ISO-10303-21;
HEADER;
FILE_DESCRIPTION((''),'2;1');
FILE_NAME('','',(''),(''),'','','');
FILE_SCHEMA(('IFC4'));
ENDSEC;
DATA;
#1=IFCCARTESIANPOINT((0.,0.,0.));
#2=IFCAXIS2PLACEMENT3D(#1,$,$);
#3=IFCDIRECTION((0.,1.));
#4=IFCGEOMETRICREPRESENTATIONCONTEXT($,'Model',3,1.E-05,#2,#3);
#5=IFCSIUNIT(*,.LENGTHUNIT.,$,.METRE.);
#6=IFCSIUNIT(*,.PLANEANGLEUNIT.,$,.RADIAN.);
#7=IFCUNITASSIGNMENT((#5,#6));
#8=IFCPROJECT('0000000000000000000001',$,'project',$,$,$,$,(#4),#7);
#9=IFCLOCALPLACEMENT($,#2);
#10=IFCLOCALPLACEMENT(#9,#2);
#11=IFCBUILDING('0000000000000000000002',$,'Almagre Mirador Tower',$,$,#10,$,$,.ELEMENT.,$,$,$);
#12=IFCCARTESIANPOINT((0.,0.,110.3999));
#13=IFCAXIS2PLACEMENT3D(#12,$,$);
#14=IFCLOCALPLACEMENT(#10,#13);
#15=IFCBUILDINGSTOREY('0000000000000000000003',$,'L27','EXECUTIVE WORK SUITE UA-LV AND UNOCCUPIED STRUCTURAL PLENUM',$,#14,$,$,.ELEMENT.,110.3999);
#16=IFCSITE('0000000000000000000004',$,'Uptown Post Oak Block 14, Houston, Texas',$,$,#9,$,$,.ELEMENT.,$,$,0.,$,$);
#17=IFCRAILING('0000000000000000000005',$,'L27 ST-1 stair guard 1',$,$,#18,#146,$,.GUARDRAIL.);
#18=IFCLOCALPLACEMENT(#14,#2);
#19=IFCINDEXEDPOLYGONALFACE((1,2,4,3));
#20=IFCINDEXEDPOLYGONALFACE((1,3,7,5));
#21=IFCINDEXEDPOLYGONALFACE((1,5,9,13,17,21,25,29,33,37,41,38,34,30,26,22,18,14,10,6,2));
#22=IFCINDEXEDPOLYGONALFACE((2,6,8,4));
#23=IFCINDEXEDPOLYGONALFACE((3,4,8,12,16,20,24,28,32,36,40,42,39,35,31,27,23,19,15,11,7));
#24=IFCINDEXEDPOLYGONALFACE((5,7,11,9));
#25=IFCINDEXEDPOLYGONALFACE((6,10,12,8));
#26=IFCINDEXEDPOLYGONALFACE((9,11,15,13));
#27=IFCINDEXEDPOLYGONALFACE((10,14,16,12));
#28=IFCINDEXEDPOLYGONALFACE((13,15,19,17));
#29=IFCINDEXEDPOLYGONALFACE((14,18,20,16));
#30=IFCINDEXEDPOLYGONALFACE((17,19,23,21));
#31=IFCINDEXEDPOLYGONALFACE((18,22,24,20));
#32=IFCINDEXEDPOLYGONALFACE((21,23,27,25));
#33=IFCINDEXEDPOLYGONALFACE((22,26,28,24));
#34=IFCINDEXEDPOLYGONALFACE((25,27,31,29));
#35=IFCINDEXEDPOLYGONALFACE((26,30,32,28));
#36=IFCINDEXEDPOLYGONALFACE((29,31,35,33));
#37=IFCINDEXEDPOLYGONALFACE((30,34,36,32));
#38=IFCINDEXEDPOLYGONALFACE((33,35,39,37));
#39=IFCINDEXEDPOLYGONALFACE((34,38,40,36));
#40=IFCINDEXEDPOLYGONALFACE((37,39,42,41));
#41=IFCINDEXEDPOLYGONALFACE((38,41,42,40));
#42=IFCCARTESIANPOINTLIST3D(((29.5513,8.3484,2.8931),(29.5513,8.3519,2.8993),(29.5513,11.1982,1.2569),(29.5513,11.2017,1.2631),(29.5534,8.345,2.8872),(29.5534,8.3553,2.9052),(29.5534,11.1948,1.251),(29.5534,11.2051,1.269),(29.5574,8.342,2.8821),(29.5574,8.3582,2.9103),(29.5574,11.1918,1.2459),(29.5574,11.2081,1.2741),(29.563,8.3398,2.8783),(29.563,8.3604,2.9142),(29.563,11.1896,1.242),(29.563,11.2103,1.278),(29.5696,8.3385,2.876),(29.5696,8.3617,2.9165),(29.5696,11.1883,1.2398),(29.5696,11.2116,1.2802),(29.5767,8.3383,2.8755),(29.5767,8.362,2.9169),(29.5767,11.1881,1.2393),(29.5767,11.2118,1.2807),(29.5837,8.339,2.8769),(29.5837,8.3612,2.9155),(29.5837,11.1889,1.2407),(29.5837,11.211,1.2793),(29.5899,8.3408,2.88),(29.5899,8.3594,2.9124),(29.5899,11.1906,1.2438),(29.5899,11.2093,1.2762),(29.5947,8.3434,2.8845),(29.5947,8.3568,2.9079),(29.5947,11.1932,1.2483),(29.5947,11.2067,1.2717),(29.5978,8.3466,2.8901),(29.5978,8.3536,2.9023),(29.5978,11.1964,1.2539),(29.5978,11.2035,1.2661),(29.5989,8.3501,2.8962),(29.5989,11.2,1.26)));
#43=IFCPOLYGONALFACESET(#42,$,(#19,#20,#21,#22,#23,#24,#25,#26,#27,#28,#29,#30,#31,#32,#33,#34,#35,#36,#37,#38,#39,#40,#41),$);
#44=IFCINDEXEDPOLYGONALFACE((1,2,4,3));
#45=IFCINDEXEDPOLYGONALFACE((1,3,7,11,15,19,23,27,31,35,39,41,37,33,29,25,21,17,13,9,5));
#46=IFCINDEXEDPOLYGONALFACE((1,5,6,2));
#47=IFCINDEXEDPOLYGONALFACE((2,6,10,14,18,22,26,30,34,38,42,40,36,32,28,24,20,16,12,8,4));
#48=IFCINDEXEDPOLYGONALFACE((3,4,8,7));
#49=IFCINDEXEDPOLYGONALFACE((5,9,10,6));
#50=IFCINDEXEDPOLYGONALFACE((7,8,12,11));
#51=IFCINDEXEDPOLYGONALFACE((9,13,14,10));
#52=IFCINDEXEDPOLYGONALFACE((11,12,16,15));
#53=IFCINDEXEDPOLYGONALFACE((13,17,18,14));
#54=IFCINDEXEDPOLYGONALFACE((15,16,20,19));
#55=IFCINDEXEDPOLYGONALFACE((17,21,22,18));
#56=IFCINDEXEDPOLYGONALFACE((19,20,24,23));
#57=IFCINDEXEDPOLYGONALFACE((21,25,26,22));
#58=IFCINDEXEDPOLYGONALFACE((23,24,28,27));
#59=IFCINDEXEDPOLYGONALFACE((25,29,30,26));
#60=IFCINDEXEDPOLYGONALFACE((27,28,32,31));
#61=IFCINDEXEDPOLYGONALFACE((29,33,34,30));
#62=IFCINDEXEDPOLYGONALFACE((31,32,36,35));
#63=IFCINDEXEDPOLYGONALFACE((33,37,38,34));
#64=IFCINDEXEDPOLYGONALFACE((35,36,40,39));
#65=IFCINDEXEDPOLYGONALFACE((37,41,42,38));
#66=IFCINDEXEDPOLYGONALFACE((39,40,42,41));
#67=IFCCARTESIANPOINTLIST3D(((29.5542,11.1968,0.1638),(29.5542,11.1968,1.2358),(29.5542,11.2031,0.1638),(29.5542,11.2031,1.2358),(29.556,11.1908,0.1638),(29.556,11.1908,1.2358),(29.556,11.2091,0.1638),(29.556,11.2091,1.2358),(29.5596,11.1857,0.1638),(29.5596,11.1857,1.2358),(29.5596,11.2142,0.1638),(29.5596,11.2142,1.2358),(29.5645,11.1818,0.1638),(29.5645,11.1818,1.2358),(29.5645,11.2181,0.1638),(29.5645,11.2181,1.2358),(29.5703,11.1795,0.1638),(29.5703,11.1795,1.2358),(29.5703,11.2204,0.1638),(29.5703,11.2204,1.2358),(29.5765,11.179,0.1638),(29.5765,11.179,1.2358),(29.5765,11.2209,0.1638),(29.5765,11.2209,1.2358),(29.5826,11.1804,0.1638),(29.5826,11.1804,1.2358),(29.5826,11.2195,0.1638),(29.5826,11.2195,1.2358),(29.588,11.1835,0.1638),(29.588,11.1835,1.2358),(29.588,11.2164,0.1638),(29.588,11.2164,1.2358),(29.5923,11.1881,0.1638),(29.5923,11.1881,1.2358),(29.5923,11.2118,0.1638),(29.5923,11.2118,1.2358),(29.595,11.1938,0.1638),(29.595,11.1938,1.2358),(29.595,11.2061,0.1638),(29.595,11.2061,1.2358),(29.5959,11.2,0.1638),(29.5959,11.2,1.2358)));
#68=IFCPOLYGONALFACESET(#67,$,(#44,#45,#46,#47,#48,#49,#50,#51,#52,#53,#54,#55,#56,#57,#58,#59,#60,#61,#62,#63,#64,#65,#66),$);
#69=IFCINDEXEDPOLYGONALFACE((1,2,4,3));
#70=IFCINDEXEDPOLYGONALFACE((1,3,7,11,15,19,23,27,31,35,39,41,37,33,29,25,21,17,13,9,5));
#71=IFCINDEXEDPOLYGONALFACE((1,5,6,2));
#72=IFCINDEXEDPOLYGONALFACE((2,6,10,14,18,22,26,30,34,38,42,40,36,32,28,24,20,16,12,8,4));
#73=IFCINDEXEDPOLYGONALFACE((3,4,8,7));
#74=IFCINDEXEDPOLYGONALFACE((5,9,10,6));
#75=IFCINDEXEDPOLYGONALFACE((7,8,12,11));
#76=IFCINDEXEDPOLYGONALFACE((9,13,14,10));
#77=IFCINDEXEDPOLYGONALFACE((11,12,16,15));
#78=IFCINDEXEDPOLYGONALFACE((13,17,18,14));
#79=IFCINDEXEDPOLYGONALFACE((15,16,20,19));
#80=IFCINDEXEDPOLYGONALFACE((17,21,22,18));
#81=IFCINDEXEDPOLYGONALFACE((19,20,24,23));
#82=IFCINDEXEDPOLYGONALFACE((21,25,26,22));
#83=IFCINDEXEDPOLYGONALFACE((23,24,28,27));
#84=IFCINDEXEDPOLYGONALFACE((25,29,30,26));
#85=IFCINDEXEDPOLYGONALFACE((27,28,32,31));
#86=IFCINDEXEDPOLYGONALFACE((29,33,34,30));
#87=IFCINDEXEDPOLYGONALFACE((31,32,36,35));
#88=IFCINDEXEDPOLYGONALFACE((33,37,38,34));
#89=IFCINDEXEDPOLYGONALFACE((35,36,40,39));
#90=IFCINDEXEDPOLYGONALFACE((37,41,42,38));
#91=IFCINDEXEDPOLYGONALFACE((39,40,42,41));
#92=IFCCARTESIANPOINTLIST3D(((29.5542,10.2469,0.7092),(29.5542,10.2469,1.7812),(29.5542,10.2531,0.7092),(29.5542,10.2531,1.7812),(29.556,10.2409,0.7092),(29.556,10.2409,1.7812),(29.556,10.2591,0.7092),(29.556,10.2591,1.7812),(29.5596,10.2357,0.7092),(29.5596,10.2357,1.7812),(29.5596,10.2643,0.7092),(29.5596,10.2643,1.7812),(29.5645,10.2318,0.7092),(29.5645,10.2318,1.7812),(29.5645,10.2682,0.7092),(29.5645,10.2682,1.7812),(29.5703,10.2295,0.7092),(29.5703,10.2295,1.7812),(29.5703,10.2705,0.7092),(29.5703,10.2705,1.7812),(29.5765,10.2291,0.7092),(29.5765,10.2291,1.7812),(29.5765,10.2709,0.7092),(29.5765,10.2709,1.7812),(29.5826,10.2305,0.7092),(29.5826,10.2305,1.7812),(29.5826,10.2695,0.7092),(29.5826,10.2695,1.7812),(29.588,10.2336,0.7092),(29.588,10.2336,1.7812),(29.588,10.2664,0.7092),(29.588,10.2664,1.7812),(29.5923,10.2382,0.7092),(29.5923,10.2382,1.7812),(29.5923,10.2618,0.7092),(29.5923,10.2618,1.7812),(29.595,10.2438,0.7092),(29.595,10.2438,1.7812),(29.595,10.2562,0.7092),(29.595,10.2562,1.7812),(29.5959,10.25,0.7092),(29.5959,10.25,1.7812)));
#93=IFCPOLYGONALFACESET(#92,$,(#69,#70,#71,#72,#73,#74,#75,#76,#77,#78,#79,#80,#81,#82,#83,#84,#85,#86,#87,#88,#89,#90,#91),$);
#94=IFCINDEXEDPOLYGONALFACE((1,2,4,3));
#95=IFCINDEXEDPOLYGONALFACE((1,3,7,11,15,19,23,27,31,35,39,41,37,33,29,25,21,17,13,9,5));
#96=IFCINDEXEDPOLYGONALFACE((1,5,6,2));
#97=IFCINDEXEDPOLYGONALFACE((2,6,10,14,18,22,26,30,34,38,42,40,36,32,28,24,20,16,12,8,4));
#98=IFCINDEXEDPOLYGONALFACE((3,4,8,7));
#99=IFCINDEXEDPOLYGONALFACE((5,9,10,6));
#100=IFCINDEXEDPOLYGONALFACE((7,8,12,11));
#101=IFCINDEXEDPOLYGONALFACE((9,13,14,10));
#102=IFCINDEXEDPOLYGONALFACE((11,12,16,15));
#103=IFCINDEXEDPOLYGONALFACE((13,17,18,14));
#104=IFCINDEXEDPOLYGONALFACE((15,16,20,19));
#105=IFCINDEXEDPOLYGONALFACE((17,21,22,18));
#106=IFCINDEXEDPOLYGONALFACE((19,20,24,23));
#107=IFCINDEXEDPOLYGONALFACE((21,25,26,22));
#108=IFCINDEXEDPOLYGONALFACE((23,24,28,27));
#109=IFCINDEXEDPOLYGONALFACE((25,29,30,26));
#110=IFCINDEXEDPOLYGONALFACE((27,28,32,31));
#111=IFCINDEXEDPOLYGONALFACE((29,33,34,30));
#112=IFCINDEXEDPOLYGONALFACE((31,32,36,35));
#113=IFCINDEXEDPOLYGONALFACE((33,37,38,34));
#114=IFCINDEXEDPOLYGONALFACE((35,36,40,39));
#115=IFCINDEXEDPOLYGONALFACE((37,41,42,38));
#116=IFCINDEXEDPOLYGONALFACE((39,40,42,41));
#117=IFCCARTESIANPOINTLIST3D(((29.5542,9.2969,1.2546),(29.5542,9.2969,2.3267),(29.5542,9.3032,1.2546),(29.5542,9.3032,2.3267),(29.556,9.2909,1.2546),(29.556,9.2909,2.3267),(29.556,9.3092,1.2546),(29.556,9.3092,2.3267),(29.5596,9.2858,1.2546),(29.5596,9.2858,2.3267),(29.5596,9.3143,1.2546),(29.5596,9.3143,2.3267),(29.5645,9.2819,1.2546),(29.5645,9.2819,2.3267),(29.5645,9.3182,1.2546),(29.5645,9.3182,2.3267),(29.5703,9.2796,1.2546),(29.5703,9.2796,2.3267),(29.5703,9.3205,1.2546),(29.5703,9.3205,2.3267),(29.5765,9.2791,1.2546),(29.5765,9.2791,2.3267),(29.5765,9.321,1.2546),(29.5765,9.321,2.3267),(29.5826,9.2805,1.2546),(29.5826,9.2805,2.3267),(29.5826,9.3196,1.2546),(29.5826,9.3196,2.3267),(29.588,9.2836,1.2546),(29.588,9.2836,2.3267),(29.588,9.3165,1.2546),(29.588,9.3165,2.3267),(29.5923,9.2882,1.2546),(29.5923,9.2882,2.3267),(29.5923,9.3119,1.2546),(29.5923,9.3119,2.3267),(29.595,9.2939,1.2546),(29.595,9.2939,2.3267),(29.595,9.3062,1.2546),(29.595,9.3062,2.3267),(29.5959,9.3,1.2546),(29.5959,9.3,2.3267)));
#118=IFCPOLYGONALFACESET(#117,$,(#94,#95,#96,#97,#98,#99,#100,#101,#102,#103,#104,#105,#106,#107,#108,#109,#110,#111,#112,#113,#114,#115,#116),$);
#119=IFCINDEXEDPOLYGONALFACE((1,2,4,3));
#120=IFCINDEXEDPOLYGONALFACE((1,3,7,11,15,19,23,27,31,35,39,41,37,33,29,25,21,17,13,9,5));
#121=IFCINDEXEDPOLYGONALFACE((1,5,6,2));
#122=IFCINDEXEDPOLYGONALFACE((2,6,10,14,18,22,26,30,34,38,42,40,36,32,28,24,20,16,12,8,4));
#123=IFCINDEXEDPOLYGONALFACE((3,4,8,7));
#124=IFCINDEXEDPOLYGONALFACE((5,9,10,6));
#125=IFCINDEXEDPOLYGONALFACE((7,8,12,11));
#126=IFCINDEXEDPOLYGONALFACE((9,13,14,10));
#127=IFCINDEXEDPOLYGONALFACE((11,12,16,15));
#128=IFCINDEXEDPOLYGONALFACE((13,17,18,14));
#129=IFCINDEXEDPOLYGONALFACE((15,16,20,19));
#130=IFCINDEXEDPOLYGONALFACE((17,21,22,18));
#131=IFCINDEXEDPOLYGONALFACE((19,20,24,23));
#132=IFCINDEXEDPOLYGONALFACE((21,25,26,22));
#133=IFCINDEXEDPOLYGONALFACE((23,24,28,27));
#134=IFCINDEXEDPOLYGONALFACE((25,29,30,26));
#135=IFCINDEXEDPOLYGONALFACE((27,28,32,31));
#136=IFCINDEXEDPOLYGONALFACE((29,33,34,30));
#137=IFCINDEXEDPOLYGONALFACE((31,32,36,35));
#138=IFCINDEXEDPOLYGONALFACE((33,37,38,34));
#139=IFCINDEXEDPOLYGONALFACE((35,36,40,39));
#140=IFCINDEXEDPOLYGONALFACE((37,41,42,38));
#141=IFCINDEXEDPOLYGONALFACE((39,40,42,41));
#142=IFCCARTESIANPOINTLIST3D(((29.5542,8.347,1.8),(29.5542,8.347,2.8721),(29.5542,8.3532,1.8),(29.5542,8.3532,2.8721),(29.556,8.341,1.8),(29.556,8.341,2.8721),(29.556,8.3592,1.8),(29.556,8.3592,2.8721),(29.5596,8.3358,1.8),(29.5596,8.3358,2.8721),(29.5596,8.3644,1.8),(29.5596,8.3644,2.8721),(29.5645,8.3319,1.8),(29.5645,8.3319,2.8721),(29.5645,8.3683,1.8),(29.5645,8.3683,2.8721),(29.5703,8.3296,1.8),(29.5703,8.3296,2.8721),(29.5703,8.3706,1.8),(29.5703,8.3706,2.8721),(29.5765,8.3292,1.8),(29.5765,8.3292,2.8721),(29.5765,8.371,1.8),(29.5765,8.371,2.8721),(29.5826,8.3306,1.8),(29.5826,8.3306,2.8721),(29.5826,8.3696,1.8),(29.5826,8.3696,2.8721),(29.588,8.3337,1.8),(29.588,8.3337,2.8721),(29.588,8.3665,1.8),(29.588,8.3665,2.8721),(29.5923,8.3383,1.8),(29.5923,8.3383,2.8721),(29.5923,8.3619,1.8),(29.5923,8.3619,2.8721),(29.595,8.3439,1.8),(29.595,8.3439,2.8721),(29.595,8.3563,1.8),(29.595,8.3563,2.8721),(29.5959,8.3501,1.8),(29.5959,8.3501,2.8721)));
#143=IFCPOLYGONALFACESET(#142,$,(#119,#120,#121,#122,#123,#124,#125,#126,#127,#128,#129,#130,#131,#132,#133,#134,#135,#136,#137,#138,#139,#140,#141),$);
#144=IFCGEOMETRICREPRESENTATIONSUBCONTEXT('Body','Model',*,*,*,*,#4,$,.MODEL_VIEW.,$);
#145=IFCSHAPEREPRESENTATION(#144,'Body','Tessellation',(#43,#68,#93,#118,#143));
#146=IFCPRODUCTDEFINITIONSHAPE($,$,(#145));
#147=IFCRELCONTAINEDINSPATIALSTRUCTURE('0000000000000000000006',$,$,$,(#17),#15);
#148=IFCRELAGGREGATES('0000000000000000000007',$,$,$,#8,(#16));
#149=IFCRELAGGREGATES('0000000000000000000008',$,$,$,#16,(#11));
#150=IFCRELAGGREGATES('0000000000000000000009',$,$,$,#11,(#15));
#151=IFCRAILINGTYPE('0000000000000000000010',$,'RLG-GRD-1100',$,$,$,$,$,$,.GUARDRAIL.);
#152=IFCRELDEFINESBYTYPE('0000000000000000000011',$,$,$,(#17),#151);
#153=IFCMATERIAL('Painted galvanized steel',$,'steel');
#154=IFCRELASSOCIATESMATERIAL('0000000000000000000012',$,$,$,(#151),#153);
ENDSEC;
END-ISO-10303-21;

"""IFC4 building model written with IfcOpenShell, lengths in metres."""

from ifc_helpers import new_model, si_unit, direction, frame, origin, origin_2d, place, context, subcontext, project, spatial, circle, extrude, material, type_object, element, save


model = new_model("IFC4")

# Units and contexts
model_context = context("Model", 3, precision=1e-05, world=origin(), true_north=direction((0.0, 1.0)))
body_context = subcontext(model_context, "Body", "Model", "MODEL_VIEW")
ifc_project = project(units=[si_unit("LENGTHUNIT", "METRE"), si_unit("PLANEANGLEUNIT", "RADIAN")], contexts=[model_context])

# Site, building, storey
site_placement = place(None, origin())
site = spatial("IfcSite", under=ifc_project, at=site_placement, Name="Uptown Post Oak Block 14, Houston, Texas", CompositionType="ELEMENT", RefElevation=0.0)
building_placement = place(site_placement, origin())
building = spatial("IfcBuilding", under=site, at=building_placement, Name="Almagre Mirador Tower", CompositionType="ELEMENT")
storey_placement = place(building_placement, frame((0.0, 0.0, 110.3999)))
storey = spatial("IfcBuildingStorey", under=building, at=storey_placement, Name="L27", Description="EXECUTIVE WORK SUITE UA-LV AND UNOCCUPIED STRUCTURAL PLENUM", CompositionType="ELEMENT", Elevation=110.3999)

# Railing
ifc_material_1 = material(Name="Painted galvanized steel", Category="steel")
railing_type_1 = type_object("IfcRailingType", Name="RLG-GRD-1100", PredefinedType="GUARDRAIL", material=ifc_material_1)
railing_1_placement = place(storey_placement, frame((29.575, 11.2, 0.1638)))
element("IfcRailing", 1, at=railing_1_placement, inside=storey, type_object=railing_type_1, Name="L27 ST-1 stair guard 1", PredefinedType="GUARDRAIL", context=body_context, shape_type="SweptSolid", body=[
    extrude(circle(Radius=0.0239, at=origin_2d()), frame((0.0, 0.0, 1.0962), z_axis=(0.0, -0.867226, 0.497914), x_axis=(1.0, 0.0, 0.0)), (0.0, 0.0, 1.0), 3.2861),
    extrude(circle(Radius=0.021, at=origin_2d()), origin(), (0.0, 0.0, 1.0), 1.072),
    extrude(circle(Radius=0.021, at=origin_2d()), frame((0.0, -0.95, 0.5454)), (0.0, 0.0, 1.0), 1.072),
    extrude(circle(Radius=0.021, at=origin_2d()), frame((0.0, -1.8999, 1.0908)), (0.0, 0.0, 1.0), 1.072),
    extrude(circle(Radius=0.021, at=origin_2d()), frame((0.0, -2.8499, 1.6362)), (0.0, 0.0, 1.0), 1.072),
])

save(model, "model.ifc")
